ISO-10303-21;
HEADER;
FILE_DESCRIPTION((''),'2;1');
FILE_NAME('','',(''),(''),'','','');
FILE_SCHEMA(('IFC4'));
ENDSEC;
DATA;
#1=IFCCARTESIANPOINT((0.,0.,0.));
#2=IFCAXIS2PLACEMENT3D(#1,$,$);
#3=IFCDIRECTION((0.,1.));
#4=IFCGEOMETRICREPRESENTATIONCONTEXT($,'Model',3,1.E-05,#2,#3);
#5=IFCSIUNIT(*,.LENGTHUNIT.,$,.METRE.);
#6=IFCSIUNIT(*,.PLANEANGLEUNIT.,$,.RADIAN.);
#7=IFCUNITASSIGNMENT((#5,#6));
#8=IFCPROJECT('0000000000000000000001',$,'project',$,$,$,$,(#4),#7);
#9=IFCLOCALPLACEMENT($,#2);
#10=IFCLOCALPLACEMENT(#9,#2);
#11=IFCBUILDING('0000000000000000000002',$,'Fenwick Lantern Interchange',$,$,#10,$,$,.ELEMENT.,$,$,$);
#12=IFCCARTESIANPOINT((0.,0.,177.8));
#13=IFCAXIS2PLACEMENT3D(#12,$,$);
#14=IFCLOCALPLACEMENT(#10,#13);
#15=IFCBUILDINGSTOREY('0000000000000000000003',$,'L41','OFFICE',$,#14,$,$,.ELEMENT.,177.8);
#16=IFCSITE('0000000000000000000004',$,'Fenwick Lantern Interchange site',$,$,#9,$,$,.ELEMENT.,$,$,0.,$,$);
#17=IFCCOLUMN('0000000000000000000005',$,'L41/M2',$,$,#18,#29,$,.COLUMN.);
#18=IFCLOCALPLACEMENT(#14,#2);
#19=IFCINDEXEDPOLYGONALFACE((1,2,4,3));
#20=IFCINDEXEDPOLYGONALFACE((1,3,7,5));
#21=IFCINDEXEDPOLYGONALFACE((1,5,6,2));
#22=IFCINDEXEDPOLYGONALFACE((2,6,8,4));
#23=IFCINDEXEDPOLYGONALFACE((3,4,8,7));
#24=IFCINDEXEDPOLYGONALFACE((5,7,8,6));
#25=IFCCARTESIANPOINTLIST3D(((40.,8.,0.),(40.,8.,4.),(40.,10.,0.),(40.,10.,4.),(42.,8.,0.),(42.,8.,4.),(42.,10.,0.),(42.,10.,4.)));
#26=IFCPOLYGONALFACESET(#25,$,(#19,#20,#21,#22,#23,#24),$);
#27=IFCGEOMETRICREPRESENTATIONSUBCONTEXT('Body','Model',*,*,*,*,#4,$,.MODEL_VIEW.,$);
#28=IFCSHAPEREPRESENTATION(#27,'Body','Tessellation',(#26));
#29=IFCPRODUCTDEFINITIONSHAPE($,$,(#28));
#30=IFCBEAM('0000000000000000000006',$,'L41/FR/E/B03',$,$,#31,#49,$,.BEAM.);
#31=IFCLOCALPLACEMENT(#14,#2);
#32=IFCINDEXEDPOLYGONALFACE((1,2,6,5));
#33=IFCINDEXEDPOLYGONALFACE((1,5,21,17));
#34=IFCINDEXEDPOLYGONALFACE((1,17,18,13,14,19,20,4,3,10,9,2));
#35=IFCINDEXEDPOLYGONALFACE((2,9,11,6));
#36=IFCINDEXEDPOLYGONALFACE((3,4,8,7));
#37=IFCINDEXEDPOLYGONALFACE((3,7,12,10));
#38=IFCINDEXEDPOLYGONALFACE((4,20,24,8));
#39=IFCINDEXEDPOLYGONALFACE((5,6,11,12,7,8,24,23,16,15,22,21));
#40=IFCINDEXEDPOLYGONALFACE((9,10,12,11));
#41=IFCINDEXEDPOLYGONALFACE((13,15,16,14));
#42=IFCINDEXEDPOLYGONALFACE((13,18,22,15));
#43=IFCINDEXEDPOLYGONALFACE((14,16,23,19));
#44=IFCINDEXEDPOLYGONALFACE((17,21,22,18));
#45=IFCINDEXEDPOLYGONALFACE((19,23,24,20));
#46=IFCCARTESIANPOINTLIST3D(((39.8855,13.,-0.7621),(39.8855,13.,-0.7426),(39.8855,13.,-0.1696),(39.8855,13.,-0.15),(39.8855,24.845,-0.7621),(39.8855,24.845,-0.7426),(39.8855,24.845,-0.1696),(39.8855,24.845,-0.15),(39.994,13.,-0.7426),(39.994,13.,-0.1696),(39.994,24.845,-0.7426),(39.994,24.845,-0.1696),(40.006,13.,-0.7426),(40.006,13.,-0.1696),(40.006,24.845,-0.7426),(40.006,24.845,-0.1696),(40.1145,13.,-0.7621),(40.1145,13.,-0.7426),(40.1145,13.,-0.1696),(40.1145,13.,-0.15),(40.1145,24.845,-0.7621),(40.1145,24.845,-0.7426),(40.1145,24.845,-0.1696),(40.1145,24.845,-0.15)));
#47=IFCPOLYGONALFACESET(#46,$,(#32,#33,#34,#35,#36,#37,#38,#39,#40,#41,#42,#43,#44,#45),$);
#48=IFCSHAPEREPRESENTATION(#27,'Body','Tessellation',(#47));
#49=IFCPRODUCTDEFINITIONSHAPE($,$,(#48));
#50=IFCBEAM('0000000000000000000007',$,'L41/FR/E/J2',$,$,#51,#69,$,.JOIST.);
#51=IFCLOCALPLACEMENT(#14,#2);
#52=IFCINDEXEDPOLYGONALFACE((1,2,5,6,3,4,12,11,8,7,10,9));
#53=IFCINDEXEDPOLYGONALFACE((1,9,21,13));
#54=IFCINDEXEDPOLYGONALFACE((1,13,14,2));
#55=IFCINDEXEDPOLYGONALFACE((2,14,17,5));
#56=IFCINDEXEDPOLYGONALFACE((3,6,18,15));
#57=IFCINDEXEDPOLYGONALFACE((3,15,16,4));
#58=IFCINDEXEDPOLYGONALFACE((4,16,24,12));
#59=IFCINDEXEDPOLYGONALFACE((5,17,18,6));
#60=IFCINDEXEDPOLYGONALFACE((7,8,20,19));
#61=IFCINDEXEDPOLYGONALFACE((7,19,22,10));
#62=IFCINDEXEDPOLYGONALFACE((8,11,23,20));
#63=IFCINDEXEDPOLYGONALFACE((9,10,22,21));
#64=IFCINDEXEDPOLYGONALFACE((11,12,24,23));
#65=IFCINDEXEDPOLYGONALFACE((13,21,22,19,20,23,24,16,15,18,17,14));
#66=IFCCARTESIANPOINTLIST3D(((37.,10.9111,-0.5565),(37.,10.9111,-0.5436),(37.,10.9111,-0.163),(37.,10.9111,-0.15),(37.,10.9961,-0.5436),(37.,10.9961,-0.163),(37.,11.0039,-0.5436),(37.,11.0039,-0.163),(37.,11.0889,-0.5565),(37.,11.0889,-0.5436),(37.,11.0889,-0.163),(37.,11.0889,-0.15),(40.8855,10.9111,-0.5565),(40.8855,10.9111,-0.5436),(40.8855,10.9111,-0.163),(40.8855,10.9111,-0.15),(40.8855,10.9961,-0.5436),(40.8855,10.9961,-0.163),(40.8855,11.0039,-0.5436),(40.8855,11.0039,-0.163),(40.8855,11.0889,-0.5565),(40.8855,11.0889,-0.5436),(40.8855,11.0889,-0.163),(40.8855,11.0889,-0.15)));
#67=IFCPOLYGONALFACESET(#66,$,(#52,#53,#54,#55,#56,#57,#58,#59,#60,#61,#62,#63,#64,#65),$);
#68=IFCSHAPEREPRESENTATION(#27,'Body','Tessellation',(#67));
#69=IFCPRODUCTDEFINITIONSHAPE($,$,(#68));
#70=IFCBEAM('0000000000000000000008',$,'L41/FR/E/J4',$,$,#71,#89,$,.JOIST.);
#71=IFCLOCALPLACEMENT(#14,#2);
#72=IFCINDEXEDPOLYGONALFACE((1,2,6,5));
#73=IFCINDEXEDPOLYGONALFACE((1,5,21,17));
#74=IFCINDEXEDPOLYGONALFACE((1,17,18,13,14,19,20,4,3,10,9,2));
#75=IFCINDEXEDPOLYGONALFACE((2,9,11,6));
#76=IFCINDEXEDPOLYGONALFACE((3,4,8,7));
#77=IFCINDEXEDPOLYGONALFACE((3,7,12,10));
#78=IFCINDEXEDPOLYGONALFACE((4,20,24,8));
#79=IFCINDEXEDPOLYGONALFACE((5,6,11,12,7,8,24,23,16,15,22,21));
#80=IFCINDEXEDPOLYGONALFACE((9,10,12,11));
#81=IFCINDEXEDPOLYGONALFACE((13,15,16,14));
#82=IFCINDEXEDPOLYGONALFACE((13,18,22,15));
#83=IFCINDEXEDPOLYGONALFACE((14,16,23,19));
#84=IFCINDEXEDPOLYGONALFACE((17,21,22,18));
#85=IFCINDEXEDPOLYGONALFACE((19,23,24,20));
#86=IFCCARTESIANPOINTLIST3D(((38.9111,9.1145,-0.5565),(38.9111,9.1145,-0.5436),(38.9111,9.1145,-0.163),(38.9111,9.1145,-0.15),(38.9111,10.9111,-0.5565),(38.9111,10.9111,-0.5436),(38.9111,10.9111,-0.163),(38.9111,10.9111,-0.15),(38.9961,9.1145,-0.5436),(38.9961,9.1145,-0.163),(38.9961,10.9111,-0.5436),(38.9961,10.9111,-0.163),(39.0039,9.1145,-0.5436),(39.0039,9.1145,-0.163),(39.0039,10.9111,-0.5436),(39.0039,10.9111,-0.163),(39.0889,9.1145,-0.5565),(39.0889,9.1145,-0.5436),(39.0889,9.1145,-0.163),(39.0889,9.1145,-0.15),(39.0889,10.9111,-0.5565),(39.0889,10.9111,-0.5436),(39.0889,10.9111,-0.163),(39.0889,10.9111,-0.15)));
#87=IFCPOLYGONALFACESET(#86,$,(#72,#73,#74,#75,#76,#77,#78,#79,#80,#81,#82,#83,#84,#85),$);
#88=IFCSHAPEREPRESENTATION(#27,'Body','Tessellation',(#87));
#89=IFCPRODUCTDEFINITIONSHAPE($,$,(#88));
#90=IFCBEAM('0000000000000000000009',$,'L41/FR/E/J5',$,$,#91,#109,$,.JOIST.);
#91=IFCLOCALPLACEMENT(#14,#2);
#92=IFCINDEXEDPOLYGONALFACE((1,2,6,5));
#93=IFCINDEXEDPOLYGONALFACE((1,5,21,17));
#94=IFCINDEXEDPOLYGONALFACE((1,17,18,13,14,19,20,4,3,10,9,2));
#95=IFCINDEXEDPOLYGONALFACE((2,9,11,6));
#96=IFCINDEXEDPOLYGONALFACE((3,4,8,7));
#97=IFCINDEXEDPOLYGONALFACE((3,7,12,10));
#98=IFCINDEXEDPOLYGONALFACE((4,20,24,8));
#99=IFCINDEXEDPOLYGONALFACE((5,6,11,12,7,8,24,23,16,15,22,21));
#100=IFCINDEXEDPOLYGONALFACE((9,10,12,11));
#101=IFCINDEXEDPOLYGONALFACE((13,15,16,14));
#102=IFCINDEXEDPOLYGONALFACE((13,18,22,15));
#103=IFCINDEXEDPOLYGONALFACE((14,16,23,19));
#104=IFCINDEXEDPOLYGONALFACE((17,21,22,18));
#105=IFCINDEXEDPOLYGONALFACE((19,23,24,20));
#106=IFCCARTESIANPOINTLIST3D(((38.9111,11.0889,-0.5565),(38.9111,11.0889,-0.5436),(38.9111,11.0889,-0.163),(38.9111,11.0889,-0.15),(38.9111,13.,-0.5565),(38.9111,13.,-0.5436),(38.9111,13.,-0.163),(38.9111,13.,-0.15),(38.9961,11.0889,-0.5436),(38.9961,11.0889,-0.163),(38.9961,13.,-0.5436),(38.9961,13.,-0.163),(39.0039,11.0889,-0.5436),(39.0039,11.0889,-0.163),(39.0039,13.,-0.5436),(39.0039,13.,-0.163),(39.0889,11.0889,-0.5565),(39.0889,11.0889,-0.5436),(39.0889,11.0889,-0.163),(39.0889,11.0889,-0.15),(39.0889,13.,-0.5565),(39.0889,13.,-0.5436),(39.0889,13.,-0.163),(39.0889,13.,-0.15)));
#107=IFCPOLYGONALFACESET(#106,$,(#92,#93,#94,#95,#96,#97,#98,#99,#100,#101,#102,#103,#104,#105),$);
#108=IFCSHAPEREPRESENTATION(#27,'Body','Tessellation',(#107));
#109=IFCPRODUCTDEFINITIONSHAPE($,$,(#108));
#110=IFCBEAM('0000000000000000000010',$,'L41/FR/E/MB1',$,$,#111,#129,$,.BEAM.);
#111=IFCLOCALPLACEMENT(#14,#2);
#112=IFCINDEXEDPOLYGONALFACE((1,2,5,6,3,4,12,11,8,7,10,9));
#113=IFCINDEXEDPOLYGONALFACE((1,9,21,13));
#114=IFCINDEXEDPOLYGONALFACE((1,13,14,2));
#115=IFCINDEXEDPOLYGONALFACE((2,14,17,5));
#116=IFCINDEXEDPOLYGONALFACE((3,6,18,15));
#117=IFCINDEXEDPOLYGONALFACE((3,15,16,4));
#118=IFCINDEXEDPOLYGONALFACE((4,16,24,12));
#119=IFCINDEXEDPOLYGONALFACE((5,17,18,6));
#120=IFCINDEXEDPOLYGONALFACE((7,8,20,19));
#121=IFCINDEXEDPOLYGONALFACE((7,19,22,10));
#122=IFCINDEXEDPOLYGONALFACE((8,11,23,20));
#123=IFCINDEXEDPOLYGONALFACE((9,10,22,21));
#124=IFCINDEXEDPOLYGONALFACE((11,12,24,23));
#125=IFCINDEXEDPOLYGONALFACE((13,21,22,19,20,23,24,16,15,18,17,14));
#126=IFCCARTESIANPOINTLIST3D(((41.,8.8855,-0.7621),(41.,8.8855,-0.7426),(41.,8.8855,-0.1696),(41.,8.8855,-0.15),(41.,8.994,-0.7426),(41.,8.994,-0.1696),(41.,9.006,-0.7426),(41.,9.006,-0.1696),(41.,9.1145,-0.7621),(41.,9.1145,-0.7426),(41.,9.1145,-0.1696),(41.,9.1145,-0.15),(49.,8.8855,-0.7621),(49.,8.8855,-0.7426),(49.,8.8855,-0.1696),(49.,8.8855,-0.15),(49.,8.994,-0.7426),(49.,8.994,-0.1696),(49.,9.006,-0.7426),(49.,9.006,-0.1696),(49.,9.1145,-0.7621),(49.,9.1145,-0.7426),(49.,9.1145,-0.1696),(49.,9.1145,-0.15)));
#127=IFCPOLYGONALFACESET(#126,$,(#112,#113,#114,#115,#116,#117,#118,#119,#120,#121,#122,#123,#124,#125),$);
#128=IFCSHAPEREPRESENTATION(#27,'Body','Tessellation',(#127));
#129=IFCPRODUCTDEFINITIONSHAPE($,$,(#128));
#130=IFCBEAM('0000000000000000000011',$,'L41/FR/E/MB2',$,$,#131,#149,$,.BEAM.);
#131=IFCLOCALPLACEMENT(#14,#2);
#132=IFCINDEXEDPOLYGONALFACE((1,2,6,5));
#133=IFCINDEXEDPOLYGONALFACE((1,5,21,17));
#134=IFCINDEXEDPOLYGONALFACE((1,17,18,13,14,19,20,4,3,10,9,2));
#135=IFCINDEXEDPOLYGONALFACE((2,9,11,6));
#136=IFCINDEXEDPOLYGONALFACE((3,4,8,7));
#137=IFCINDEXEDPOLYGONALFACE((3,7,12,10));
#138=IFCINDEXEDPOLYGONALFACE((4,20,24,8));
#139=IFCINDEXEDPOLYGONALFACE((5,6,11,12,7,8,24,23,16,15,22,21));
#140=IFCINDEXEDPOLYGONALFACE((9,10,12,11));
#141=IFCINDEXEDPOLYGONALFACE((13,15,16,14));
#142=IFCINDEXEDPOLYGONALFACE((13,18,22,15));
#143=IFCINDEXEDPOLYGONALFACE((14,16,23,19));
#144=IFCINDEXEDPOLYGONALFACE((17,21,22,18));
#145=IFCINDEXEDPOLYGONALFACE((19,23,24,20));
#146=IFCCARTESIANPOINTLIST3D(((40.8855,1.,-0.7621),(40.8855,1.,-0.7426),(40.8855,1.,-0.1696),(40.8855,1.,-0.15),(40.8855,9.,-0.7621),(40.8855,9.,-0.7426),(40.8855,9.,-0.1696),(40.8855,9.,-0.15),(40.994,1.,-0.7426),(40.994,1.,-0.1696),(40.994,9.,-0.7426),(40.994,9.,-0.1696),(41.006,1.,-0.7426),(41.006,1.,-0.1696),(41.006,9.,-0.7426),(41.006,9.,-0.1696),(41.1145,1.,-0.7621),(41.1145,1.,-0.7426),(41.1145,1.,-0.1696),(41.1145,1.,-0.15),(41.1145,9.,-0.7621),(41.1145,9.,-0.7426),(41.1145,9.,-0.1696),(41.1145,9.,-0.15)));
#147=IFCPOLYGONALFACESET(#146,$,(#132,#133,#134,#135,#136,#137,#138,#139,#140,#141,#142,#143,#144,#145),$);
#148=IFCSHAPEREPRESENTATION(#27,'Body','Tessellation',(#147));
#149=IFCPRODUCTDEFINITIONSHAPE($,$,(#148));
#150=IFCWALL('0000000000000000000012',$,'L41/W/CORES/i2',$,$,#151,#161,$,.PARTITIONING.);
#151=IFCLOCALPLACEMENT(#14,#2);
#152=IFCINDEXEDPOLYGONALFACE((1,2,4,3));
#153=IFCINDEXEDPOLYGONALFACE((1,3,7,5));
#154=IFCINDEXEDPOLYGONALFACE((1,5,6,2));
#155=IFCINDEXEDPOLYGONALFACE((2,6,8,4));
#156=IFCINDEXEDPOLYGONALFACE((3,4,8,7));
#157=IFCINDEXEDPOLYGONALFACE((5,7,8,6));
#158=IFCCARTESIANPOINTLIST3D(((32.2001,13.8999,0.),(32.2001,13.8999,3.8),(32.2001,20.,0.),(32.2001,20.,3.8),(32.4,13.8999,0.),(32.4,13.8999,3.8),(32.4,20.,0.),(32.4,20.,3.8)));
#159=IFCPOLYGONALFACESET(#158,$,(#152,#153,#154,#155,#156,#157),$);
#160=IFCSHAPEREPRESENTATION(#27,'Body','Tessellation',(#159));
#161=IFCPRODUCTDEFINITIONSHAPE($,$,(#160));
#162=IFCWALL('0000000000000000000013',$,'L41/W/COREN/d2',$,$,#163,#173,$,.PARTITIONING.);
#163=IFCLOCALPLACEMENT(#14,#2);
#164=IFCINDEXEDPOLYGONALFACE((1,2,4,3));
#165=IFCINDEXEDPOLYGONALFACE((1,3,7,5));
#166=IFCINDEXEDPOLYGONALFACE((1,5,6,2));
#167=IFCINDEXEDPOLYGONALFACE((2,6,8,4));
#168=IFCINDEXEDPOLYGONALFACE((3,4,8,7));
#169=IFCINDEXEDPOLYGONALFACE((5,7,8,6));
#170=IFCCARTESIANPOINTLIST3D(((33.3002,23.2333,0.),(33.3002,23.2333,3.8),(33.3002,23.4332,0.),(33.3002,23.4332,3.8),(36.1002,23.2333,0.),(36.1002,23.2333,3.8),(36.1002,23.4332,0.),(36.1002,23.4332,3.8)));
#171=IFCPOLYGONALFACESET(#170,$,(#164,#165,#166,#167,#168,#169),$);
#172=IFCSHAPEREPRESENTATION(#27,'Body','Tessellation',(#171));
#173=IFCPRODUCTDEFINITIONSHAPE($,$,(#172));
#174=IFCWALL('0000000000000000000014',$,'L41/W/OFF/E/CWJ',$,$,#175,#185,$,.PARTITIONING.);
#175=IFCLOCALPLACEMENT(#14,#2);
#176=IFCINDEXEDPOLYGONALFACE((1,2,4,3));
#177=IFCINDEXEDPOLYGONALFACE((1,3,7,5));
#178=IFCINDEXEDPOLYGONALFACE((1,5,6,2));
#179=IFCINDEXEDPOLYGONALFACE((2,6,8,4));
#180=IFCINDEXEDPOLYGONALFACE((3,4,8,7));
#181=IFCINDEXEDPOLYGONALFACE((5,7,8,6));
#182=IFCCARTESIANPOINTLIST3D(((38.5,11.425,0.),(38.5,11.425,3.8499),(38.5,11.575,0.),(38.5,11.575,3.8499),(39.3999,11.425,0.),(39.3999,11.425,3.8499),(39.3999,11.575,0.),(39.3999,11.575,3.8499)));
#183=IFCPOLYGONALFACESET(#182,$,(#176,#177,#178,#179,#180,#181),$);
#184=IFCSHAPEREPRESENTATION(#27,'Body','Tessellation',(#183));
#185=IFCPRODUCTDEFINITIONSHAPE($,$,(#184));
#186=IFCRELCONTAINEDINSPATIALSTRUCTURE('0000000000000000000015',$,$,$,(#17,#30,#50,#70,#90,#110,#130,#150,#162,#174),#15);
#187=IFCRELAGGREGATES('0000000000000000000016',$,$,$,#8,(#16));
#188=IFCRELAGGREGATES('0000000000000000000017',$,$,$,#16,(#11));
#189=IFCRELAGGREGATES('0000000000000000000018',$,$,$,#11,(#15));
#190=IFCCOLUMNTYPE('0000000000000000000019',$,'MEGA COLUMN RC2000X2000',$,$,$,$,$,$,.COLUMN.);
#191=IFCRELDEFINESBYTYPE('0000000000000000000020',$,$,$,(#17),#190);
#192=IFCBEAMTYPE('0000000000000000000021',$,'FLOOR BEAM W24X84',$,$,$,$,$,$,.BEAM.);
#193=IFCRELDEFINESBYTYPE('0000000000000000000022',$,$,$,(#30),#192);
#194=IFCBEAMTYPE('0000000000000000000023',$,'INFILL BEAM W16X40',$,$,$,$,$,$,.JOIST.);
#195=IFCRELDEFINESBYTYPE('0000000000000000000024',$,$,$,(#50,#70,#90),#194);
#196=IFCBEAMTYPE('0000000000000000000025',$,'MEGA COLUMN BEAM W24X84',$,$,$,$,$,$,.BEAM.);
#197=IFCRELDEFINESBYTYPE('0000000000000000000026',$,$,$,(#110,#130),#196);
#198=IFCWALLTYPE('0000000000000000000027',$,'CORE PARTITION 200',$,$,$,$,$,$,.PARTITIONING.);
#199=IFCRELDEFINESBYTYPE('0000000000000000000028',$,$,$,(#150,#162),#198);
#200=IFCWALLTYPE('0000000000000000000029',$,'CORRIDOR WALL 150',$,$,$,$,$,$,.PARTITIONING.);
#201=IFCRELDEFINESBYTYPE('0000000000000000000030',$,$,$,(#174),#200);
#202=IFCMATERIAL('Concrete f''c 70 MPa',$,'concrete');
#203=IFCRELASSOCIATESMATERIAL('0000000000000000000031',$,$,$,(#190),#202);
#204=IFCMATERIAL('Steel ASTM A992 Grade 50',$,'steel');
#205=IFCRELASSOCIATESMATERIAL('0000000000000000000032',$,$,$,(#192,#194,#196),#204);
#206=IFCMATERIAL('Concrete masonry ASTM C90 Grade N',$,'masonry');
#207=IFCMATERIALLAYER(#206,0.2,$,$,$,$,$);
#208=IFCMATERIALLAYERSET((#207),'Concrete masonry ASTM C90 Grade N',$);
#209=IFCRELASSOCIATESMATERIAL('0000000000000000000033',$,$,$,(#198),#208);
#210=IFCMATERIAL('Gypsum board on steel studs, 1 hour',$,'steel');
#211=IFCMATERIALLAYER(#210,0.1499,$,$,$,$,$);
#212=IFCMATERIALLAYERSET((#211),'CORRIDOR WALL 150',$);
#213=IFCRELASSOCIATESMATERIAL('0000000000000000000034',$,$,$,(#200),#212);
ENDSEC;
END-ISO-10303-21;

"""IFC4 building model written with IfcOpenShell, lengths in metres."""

from ifc_helpers import new_model, si_unit, direction, frame, frame_2d, origin, origin_2d, place, context, subcontext, project, spatial, rectangle, i_section, extrude, material, layer, layer_set, material_profile, profile_set, type_object, element, save


model = new_model("IFC4")

# Units and contexts
model_context = context("Model", 3, precision=1e-05, world=origin(), true_north=direction((0.0, 1.0)))
body_context = subcontext(model_context, "Body", "Model", "MODEL_VIEW")
ifc_project = project(units=[si_unit("LENGTHUNIT", "METRE"), si_unit("PLANEANGLEUNIT", "RADIAN")], contexts=[model_context])

# Site, building, storey
site_placement = place(None, origin())
site = spatial("IfcSite", under=ifc_project, at=site_placement, Name="Fenwick Lantern Interchange site", CompositionType="ELEMENT", RefElevation=0.0)
building_placement = place(site_placement, origin())
building = spatial("IfcBuilding", under=site, at=building_placement, Name="Fenwick Lantern Interchange", CompositionType="ELEMENT")
storey_placement = place(building_placement, frame((0.0, 0.0, 177.8)))
storey = spatial("IfcBuildingStorey", under=building, at=storey_placement, Name="L41", Description="OFFICE", CompositionType="ELEMENT", Elevation=177.8)

# Column
ifc_material_1 = material(Name="Concrete f'c 70 MPa", Category="concrete")
ifc_material_profile_1 = material_profile(ifc_material_1, rectangle(XDim=2.0, YDim=2.0, at=origin_2d()), Name="RC2000X2000")
ifc_profile_set_1 = profile_set([ifc_material_profile_1], Name="Concrete f'c 70 MPa")
column_type = type_object("IfcColumnType", Name="MEGA COLUMN RC2000X2000", PredefinedType="COLUMN", material=ifc_profile_set_1)
column_placement = place(storey_placement, frame((41.0, 9.0, 0.0), z_axis=(0.0, 0.0, 1.0), x_axis=(1.0, 0.0, 0.0)))
element("IfcColumn", 1, at=column_placement, inside=storey, type_object=column_type, Name="L41/M2", PredefinedType="COLUMN", context=body_context, shape_type="SweptSolid", body=[
    extrude(rectangle(XDim=2.0, YDim=2.0, at=origin_2d()), origin(), (0.0, 0.0, 1.0), 4.0),
])

# Beams
ifc_material_2 = material(Name="Steel ASTM A992 Grade 50", Category="steel")
ifc_material_profile_2 = material_profile(ifc_material_2, i_section(OverallWidth=0.229, OverallDepth=0.6121, WebThickness=0.012, FlangeThickness=0.0195, at=origin_2d()), Name="W24X84")
ifc_profile_set_2 = profile_set([ifc_material_profile_2], Name="Steel ASTM A992 Grade 50")
beam_type_1 = type_object("IfcBeamType", Name="FLOOR BEAM W24X84", PredefinedType="BEAM", material=ifc_profile_set_2)
beam_1_placement = place(storey_placement, frame((40.0, 13.0, -0.4561), z_axis=(0.0, 1.0, 0.0), x_axis=(-1.0, 0.0, 0.0)))
element("IfcBeam", 2, at=beam_1_placement, inside=storey, type_object=beam_type_1, Name="L41/FR/E/B03", PredefinedType="BEAM", context=body_context, shape_type="SweptSolid", body=[
    extrude(i_section(OverallWidth=0.229, OverallDepth=0.6121, WebThickness=0.012, FlangeThickness=0.0195, at=origin_2d()), origin(), (0.0, 0.0, 1.0), 11.845),
])
ifc_material_profile_3 = material_profile(ifc_material_2, i_section(OverallWidth=0.1777, OverallDepth=0.4065, WebThickness=0.0078, FlangeThickness=0.0129, at=origin_2d()), Name="W16X40")
ifc_profile_set_3 = profile_set([ifc_material_profile_3], Name="Steel ASTM A992 Grade 50")
beam_type_2 = type_object("IfcBeamType", Name="INFILL BEAM W16X40", PredefinedType="JOIST", material=ifc_profile_set_3)
beam_2_placement = place(storey_placement, frame((40.8855, 11.0, -0.3533), z_axis=(-1.0, 0.0, 0.0), x_axis=(0.0, -1.0, 0.0)))
element("IfcBeam", 3, at=beam_2_placement, inside=storey, type_object=beam_type_2, Name="L41/FR/E/J2", PredefinedType="JOIST", context=body_context, shape_type="SweptSolid", body=[
    extrude(i_section(OverallWidth=0.1777, OverallDepth=0.4065, WebThickness=0.0078, FlangeThickness=0.0129, at=origin_2d()), origin(), (0.0, 0.0, 1.0), 3.8855),
])
beam_3_placement = place(storey_placement, frame((39.0, 9.1145, -0.3533), z_axis=(0.0, 1.0, 0.0), x_axis=(-1.0, 0.0, 0.0)))
element("IfcBeam", 4, at=beam_3_placement, inside=storey, type_object=beam_type_2, Name="L41/FR/E/J4", PredefinedType="JOIST", context=body_context, shape_type="SweptSolid", body=[
    extrude(i_section(OverallWidth=0.1777, OverallDepth=0.4065, WebThickness=0.0078, FlangeThickness=0.0129, at=origin_2d()), origin(), (0.0, 0.0, 1.0), 1.7966),
])
beam_4_placement = place(storey_placement, frame((39.0, 11.0889, -0.3533), z_axis=(0.0, 1.0, 0.0), x_axis=(-1.0, 0.0, 0.0)))
element("IfcBeam", 5, at=beam_4_placement, inside=storey, type_object=beam_type_2, Name="L41/FR/E/J5", PredefinedType="JOIST", context=body_context, shape_type="SweptSolid", body=[
    extrude(i_section(OverallWidth=0.1777, OverallDepth=0.4065, WebThickness=0.0078, FlangeThickness=0.0129, at=origin_2d()), origin(), (0.0, 0.0, 1.0), 1.9111),
])
ifc_material_profile_4 = material_profile(ifc_material_2, i_section(OverallWidth=0.229, OverallDepth=0.6121, WebThickness=0.012, FlangeThickness=0.0195, at=origin_2d()), Name="W24X84")
ifc_profile_set_4 = profile_set([ifc_material_profile_4], Name="Steel ASTM A992 Grade 50")
beam_type_3 = type_object("IfcBeamType", Name="MEGA COLUMN BEAM W24X84", PredefinedType="BEAM", material=ifc_profile_set_4)
for number, where, z_axis, x_axis, name in (
    (6, (41.0, 9.0, -0.4561), (1.0, 0.0, 0.0), (0.0, 1.0, 0.0), "L41/FR/E/MB1"),
    (7, (41.0, 9.0, -0.4561), (0.0, -1.0, 0.0), (1.0, 0.0, 0.0), "L41/FR/E/MB2"),
):
    element("IfcBeam", number, at=place(storey_placement, frame(where, z_axis=z_axis, x_axis=x_axis)), inside=storey, type_object=beam_type_3, Name=name, PredefinedType="BEAM", context=body_context, shape_type="SweptSolid", body=[
        extrude(i_section(OverallWidth=0.229, OverallDepth=0.6121, WebThickness=0.012, FlangeThickness=0.0195, at=origin_2d()), origin(), (0.0, 0.0, 1.0), 8.0),
    ])

# Walls
ifc_material_3 = material(Name="Concrete masonry ASTM C90 Grade N", Category="masonry")
ifc_layer_1 = layer(ifc_material_3, 0.2)
ifc_layer_set_1 = layer_set([ifc_layer_1], Name="Concrete masonry ASTM C90 Grade N")
wall_type_1 = type_object("IfcWallType", Name="CORE PARTITION 200", PredefinedType="PARTITIONING", material=ifc_layer_set_1)
wall_1_placement = place(storey_placement, frame((32.3, 13.8999, 0.0), z_axis=(0.0, 0.0, 1.0), x_axis=(0.0, 1.0, 0.0)))
element("IfcWall", 8, at=wall_1_placement, inside=storey, type_object=wall_type_1, Name="L41/W/CORES/i2", PredefinedType="PARTITIONING", context=body_context, shape_type="SweptSolid", body=[
    extrude(rectangle(XDim=6.1001, YDim=0.2, at=frame_2d((3.05, 0.0))), origin(), (0.0, 0.0, 1.0), 3.8),
])
wall_2_placement = place(storey_placement, frame((36.1001, 23.3333, 0.0), z_axis=(0.0, 0.0, 1.0), x_axis=(-1.0, 0.0, 0.0)))
element("IfcWall", 9, at=wall_2_placement, inside=storey, type_object=wall_type_1, Name="L41/W/COREN/d2", PredefinedType="PARTITIONING", context=body_context, shape_type="SweptSolid", body=[
    extrude(rectangle(XDim=2.8, YDim=0.2, at=frame_2d((1.3999, 0.0))), origin(), (0.0, 0.0, 1.0), 3.8),
])

# Wall
ifc_material_4 = material(Name="Gypsum board on steel studs, 1 hour", Category="steel")
ifc_layer_2 = layer(ifc_material_4, 0.1499)
ifc_layer_set_2 = layer_set([ifc_layer_2], Name="CORRIDOR WALL 150")
wall_type_2 = type_object("IfcWallType", Name="CORRIDOR WALL 150", PredefinedType="PARTITIONING", material=ifc_layer_set_2)
wall_3_placement = place(storey_placement, frame((38.5, 11.5, 0.0), z_axis=(0.0, 0.0, 1.0), x_axis=(1.0, 0.0, 0.0)))
element("IfcWall", 10, at=wall_3_placement, inside=storey, type_object=wall_type_2, Name="L41/W/OFF/E/CWJ", PredefinedType="PARTITIONING", context=body_context, shape_type="SweptSolid", body=[
    extrude(rectangle(XDim=0.8999, YDim=0.1499, at=frame_2d((0.45, 0.0))), origin(), (0.0, 0.0, 1.0), 3.8499),
])

save(model, "model.ifc")
